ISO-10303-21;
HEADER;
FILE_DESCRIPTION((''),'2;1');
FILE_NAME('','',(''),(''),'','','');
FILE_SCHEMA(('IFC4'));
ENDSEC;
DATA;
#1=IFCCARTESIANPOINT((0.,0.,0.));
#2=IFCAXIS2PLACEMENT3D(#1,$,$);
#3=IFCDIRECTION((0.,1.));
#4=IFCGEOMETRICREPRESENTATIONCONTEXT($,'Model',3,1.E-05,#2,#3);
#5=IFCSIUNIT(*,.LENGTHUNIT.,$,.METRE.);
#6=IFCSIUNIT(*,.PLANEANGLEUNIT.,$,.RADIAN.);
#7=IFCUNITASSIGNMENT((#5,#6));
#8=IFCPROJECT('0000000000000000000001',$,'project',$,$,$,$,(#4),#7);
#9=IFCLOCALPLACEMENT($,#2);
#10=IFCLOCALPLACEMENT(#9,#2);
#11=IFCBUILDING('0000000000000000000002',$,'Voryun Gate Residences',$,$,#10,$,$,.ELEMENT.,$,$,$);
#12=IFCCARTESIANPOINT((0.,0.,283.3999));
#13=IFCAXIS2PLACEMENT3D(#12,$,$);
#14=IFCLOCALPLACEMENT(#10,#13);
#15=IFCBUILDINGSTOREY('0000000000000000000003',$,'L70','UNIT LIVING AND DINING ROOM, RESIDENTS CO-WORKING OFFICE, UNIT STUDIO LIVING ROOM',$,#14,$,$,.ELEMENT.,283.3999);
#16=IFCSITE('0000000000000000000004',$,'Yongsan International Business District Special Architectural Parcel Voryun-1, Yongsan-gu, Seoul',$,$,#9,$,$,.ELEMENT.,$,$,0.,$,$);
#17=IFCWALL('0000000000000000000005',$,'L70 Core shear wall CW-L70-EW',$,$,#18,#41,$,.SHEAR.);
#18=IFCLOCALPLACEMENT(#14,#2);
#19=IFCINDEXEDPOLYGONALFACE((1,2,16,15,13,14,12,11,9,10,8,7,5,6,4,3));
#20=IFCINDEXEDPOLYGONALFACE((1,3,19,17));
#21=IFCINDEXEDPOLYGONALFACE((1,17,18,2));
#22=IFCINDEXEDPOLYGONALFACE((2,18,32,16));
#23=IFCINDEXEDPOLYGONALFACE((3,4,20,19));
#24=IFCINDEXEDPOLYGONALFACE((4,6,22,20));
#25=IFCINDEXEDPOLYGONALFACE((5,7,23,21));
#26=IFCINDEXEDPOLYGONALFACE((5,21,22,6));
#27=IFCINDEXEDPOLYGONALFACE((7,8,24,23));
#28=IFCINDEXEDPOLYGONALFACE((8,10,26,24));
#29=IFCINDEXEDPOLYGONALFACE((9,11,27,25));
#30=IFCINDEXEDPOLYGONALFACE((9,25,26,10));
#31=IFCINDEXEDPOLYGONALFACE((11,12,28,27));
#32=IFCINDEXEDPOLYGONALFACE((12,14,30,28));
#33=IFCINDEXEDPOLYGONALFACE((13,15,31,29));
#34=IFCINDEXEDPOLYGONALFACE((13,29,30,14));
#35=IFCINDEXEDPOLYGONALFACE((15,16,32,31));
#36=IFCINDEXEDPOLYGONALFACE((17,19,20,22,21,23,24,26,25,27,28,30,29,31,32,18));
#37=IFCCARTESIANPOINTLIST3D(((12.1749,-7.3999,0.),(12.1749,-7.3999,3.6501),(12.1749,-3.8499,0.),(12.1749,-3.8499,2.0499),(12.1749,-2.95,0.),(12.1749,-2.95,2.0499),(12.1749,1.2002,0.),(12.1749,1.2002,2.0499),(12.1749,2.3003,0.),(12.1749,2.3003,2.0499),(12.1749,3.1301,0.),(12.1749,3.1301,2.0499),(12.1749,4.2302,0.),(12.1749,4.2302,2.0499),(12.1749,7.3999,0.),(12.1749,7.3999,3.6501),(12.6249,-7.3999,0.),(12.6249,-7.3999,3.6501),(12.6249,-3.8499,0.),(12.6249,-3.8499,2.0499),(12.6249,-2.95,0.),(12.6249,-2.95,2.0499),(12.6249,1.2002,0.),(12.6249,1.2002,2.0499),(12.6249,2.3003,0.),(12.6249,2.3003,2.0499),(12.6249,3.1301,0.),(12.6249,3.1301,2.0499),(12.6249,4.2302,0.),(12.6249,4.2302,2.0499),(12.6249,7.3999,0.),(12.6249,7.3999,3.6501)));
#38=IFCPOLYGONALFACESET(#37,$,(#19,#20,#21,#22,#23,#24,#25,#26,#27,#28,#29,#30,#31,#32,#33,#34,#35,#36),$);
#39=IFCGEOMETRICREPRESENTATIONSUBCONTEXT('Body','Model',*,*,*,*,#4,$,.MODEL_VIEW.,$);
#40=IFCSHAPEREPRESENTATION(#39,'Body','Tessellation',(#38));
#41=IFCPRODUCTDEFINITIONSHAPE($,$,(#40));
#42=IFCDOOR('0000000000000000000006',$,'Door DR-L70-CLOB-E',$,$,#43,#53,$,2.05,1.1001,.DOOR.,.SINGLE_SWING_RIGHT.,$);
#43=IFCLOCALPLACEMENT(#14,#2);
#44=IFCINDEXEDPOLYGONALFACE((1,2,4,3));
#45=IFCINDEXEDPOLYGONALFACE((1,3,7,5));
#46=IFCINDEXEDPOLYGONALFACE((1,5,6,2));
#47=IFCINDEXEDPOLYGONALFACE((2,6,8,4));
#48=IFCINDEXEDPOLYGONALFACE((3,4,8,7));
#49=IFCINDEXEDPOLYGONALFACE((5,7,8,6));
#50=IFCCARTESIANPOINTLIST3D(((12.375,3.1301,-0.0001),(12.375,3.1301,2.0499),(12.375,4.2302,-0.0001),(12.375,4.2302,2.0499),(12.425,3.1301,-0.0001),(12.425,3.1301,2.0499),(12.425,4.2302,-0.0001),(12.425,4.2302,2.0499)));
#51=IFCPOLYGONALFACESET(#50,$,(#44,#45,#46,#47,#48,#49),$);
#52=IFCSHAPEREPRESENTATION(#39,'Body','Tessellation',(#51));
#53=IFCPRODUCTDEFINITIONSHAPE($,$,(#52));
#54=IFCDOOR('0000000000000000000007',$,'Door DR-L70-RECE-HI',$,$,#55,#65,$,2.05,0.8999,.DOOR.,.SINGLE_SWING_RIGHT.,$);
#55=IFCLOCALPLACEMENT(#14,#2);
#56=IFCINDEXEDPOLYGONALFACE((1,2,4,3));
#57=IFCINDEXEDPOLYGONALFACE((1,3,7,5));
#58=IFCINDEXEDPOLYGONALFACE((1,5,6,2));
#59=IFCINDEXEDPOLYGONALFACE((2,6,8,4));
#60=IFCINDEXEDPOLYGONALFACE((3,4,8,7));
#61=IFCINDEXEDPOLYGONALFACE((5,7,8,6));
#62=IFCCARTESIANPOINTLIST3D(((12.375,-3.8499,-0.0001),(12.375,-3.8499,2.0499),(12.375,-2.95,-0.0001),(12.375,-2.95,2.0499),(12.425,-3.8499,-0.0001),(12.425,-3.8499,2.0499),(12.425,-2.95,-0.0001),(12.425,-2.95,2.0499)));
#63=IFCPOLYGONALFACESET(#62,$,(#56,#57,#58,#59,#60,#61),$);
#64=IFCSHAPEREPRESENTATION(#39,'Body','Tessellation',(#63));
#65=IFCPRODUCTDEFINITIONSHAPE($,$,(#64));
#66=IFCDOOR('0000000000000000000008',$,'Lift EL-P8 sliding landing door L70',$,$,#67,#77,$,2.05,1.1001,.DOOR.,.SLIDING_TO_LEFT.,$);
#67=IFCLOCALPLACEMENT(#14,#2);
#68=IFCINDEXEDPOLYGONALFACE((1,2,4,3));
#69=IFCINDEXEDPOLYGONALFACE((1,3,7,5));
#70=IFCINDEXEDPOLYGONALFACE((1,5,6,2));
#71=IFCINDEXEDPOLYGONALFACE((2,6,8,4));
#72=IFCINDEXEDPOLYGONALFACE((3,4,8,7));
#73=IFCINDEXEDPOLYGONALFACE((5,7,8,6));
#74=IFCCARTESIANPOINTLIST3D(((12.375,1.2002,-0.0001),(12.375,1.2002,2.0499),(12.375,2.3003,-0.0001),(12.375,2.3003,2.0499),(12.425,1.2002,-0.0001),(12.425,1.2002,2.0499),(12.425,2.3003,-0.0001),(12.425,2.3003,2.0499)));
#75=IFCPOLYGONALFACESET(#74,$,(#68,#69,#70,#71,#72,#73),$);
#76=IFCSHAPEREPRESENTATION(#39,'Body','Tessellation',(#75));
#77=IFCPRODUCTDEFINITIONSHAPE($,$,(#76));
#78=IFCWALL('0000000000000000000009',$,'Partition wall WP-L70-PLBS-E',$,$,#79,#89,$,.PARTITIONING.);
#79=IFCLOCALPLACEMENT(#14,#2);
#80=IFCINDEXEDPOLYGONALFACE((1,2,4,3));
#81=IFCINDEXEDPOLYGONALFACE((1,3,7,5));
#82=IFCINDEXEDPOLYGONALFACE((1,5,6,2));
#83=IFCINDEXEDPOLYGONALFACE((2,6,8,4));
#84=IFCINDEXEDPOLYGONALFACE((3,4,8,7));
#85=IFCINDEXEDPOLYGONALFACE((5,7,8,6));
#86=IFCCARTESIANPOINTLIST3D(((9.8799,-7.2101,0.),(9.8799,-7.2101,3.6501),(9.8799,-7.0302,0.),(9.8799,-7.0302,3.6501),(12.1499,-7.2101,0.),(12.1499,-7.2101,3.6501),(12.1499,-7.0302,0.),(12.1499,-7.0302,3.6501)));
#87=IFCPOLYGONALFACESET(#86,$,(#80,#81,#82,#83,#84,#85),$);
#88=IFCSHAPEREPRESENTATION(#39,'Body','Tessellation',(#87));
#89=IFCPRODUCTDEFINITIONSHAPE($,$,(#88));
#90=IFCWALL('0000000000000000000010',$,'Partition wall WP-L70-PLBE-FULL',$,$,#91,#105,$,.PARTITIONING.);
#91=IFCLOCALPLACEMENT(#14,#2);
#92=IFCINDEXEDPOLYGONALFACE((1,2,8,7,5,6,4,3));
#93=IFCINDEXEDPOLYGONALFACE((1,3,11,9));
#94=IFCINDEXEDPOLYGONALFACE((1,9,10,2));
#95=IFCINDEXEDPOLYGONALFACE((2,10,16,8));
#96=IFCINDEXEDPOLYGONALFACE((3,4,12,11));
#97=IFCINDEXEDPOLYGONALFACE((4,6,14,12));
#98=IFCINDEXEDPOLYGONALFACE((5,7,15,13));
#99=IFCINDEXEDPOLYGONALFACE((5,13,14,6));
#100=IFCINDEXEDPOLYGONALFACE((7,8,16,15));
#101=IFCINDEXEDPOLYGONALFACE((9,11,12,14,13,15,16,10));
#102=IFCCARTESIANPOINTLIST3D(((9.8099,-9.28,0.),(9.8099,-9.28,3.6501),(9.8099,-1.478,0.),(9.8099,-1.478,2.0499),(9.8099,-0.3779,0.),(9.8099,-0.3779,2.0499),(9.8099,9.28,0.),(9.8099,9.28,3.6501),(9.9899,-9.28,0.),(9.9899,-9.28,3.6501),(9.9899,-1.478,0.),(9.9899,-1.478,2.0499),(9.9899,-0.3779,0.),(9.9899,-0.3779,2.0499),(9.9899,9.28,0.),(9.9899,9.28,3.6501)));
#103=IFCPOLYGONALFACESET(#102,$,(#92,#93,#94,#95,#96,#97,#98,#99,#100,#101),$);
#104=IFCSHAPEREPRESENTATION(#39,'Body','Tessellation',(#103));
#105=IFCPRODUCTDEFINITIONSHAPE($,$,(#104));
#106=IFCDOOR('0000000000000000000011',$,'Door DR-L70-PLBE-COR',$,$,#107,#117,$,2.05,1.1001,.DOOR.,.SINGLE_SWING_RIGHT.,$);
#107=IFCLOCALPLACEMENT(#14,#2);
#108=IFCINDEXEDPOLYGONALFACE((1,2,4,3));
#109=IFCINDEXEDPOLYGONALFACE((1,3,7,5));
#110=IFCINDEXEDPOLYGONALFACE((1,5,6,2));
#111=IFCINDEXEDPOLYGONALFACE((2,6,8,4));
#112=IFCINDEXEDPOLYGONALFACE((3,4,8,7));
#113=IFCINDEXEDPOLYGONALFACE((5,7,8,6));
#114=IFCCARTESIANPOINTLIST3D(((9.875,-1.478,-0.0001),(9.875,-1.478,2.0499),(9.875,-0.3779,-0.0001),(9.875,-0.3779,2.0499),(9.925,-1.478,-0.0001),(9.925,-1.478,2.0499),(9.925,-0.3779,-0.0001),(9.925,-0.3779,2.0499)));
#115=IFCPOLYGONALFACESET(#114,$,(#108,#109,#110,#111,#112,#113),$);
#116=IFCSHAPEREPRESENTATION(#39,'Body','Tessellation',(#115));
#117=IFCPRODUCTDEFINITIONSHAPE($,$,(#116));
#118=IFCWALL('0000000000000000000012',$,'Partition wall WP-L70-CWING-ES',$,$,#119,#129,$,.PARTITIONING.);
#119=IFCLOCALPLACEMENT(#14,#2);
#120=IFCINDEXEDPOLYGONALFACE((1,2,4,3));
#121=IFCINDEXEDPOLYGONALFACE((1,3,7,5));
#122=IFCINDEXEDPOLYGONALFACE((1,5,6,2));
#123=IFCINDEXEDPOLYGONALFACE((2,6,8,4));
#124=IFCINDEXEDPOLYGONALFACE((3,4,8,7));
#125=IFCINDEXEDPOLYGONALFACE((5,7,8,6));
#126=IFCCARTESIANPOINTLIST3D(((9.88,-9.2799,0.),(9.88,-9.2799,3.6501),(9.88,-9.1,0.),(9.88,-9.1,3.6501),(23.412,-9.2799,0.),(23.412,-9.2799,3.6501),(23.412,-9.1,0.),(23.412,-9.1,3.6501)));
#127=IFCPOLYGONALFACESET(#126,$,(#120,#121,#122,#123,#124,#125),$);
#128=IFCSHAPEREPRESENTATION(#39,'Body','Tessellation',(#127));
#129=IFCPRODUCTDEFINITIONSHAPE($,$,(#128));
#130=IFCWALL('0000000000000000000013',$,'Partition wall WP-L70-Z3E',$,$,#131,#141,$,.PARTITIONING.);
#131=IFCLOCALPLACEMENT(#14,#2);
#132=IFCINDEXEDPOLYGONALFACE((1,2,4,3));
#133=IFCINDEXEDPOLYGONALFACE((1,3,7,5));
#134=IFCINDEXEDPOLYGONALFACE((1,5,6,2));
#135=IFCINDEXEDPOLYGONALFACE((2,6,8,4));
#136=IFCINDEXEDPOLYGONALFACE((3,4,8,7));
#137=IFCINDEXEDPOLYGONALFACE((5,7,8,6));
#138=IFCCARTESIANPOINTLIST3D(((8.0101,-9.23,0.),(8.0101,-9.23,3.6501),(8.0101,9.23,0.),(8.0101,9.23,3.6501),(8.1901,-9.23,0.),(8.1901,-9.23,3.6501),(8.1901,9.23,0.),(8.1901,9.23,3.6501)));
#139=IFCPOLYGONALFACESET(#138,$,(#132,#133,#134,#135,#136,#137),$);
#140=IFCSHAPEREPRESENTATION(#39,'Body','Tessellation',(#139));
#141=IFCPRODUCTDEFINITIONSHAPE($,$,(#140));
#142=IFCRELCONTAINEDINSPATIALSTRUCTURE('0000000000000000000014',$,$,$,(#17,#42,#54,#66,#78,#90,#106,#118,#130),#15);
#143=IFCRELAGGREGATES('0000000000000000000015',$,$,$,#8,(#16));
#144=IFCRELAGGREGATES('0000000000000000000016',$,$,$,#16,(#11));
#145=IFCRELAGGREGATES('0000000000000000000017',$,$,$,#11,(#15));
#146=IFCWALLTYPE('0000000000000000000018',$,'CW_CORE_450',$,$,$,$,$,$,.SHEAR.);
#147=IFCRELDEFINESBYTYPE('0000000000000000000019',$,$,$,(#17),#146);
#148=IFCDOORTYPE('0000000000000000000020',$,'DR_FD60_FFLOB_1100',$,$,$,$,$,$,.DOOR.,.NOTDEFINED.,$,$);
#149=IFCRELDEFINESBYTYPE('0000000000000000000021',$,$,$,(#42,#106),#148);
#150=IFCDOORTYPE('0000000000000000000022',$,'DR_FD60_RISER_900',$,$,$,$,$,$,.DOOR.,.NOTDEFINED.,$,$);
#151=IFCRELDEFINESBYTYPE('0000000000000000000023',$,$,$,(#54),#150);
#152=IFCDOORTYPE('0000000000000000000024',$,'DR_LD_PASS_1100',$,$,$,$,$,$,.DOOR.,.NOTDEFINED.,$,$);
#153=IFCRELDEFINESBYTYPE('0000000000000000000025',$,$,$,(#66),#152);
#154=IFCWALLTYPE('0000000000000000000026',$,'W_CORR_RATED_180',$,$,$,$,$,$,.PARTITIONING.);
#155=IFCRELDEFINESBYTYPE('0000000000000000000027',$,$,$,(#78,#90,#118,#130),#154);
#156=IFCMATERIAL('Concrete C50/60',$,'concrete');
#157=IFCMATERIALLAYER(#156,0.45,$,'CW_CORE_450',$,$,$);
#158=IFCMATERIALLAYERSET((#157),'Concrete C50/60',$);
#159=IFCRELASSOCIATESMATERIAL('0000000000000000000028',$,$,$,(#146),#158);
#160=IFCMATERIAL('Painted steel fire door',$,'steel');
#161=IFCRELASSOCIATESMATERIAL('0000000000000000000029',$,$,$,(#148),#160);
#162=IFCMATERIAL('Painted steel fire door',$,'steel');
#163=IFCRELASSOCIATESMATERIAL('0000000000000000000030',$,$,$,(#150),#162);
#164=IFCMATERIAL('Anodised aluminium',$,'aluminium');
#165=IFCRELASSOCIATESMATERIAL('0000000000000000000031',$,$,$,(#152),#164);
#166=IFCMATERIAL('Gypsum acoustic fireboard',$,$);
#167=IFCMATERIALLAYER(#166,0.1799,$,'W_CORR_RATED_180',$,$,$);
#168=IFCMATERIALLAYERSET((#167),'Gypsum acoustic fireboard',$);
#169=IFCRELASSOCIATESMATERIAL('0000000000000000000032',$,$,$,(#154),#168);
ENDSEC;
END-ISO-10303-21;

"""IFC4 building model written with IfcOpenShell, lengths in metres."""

from ifc_helpers import new_model, si_unit, direction, frame, frame_2d, origin, place, context, subcontext, project, spatial, rectangle, extrude, material, layer, layer_set, type_object, element, fill, save


model = new_model("IFC4")

# Units and contexts
model_context = context("Model", 3, precision=1e-05, world=origin(), true_north=direction((0.0, 1.0)))
body_context = subcontext(model_context, "Body", "Model", "MODEL_VIEW")
ifc_project = project(units=[si_unit("LENGTHUNIT", "METRE"), si_unit("PLANEANGLEUNIT", "RADIAN")], contexts=[model_context])

# Site, building, storey
site_placement = place(None, origin())
site = spatial("IfcSite", under=ifc_project, at=site_placement, Name="Yongsan International Business District Special Architectural Parcel Voryun-1, Yongsan-gu, Seoul", CompositionType="ELEMENT", RefElevation=0.0)
building_placement = place(site_placement, origin())
building = spatial("IfcBuilding", under=site, at=building_placement, Name="Voryun Gate Residences", CompositionType="ELEMENT")
storey_placement = place(building_placement, frame((0.0, 0.0, 283.3999)))
storey = spatial("IfcBuildingStorey", under=building, at=storey_placement, Name="L70", Description="UNIT LIVING AND DINING ROOM, RESIDENTS CO-WORKING OFFICE, UNIT STUDIO LIVING ROOM", CompositionType="ELEMENT", Elevation=283.3999)

# Shared definitions
ifc_material_1 = material(Name="Concrete C50/60", Category="concrete")
ifc_layer_1 = layer(ifc_material_1, 0.45, Name="CW_CORE_450")
ifc_layer_set_1 = layer_set([ifc_layer_1], Name="Concrete C50/60")
wall_type_1 = type_object("IfcWallType", Name="CW_CORE_450", PredefinedType="SHEAR", material=ifc_layer_set_1)

# Wall, openings, doors
wall_1_placement = place(storey_placement, frame((12.3999, -7.3999, 0.0), z_axis=(0.0, 0.0, 1.0), x_axis=(0.0, 1.0, 0.0)))
wall_1 = element("IfcWall", 1, at=wall_1_placement, inside=storey, type_object=wall_type_1, Name="L70 Core shear wall CW-L70-EW", PredefinedType="SHEAR", context=body_context, shape_type="SweptSolid", body=[
    extrude(rectangle(XDim=14.7998, YDim=0.45, at=frame_2d((7.3999, 0.0))), origin(), (0.0, 0.0, 1.0), 3.6501),
])
opening_1_placement = place(wall_1_placement, frame((8.6001, 0.0, 0.0)))
opening_1 = element("IfcOpeningElement", 2, at=opening_1_placement, cuts=wall_1, PredefinedType="OPENING", context=body_context, shape_type="SweptSolid", body=[
    extrude(rectangle(XDim=1.1001, YDim=2.05, at=frame_2d((0.55, 1.0249))), frame((0.0, 0.2351, 0.0), z_axis=(0.0, -1.0, 0.0), x_axis=(1.0, 0.0, 0.0)), (0.0, 0.0, 1.0), 0.47),
])
opening_2_placement = place(wall_1_placement, frame((10.53, 0.0, 0.0)))
opening_2 = element("IfcOpeningElement", 3, at=opening_2_placement, cuts=wall_1, PredefinedType="OPENING", context=body_context, shape_type="SweptSolid", body=[
    extrude(rectangle(XDim=1.1001, YDim=2.05, at=frame_2d((0.55, 1.0249))), frame((0.0, 0.2351, 0.0), z_axis=(0.0, -1.0, 0.0), x_axis=(1.0, 0.0, 0.0)), (0.0, 0.0, 1.0), 0.47),
])
opening_3_placement = place(wall_1_placement, frame((3.55, 0.0, 0.0)))
opening_3 = element("IfcOpeningElement", 4, at=opening_3_placement, cuts=wall_1, PredefinedType="OPENING", context=body_context, shape_type="SweptSolid", body=[
    extrude(rectangle(XDim=0.8999, YDim=2.05, at=frame_2d((0.45, 1.0249))), frame((0.0, 0.2351, 0.0), z_axis=(0.0, -1.0, 0.0), x_axis=(1.0, 0.0, 0.0)), (0.0, 0.0, 1.0), 0.47),
])
ifc_material_2 = material(Name="Painted steel fire door", Category="steel")
door_type_1 = type_object("IfcDoorType", Name="DR_FD60_FFLOB_1100", OperationType="NOTDEFINED", PredefinedType="DOOR", material=ifc_material_2)
door_1_placement = place(opening_2_placement, origin())
door_1 = element("IfcDoor", 5, at=door_1_placement, inside=storey, type_object=door_type_1, Name="Door DR-L70-CLOB-E", OperationType="SINGLE_SWING_RIGHT", OverallHeight=2.05, OverallWidth=1.1001, PredefinedType="DOOR", context=body_context, shape_type="SweptSolid", body=[
    extrude(rectangle(XDim=1.1001, YDim=2.05, at=frame_2d((0.55, 1.0249))), frame((0.0, 0.0249, 0.0), z_axis=(0.0, -1.0, 0.0), x_axis=(1.0, 0.0, 0.0)), (0.0, 0.0, 1.0), 0.05),
])
fill(opening_2, door_1)
ifc_material_3 = material(Name="Painted steel fire door", Category="steel")
door_type_2 = type_object("IfcDoorType", Name="DR_FD60_RISER_900", OperationType="NOTDEFINED", PredefinedType="DOOR", material=ifc_material_3)
door_2_placement = place(opening_3_placement, origin())
door_2 = element("IfcDoor", 6, at=door_2_placement, inside=storey, type_object=door_type_2, Name="Door DR-L70-RECE-HI", OperationType="SINGLE_SWING_RIGHT", OverallHeight=2.05, OverallWidth=0.8999, PredefinedType="DOOR", context=body_context, shape_type="SweptSolid", body=[
    extrude(rectangle(XDim=0.8999, YDim=2.05, at=frame_2d((0.45, 1.0249))), frame((0.0, 0.0249, 0.0), z_axis=(0.0, -1.0, 0.0), x_axis=(1.0, 0.0, 0.0)), (0.0, 0.0, 1.0), 0.05),
])
fill(opening_3, door_2)
ifc_material_4 = material(Name="Anodised aluminium", Category="aluminium")
door_type_3 = type_object("IfcDoorType", Name="DR_LD_PASS_1100", OperationType="NOTDEFINED", PredefinedType="DOOR", material=ifc_material_4)
door_3_placement = place(opening_1_placement, origin())
door_3 = element("IfcDoor", 7, at=door_3_placement, inside=storey, type_object=door_type_3, Name="Lift EL-P8 sliding landing door L70", OperationType="SLIDING_TO_LEFT", OverallHeight=2.05, OverallWidth=1.1001, PredefinedType="DOOR", context=body_context, shape_type="SweptSolid", body=[
    extrude(rectangle(XDim=1.1001, YDim=2.05, at=frame_2d((0.55, 1.0249))), frame((0.0, 0.0249, 0.0), z_axis=(0.0, -1.0, 0.0), x_axis=(1.0, 0.0, 0.0)), (0.0, 0.0, 1.0), 0.05),
])
fill(opening_1, door_3)

# Wall
ifc_material_5 = material(Name="Gypsum acoustic fireboard")
ifc_layer_2 = layer(ifc_material_5, 0.1799, Name="W_CORR_RATED_180")
ifc_layer_set_2 = layer_set([ifc_layer_2], Name="Gypsum acoustic fireboard")
wall_type_2 = type_object("IfcWallType", Name="W_CORR_RATED_180", PredefinedType="PARTITIONING", material=ifc_layer_set_2)
wall_2_placement = place(storey_placement, frame((9.8799, -7.1201, 0.0), z_axis=(0.0, 0.0, 1.0), x_axis=(1.0, 0.0, 0.0)))
element("IfcWall", 8, at=wall_2_placement, inside=storey, type_object=wall_type_2, Name="Partition wall WP-L70-PLBS-E", PredefinedType="PARTITIONING", context=body_context, shape_type="SweptSolid", body=[
    extrude(rectangle(XDim=2.27, YDim=0.1799, at=frame_2d((1.135, 0.0))), origin(), (0.0, 0.0, 1.0), 3.6501),
])

# Wall, opening, door
wall_3_placement = place(storey_placement, frame((9.8999, -9.28, 0.0), z_axis=(0.0, 0.0, 1.0), x_axis=(0.0, 1.0, 0.0)))
wall_3 = element("IfcWall", 9, at=wall_3_placement, inside=storey, type_object=wall_type_2, Name="Partition wall WP-L70-PLBE-FULL", PredefinedType="PARTITIONING", context=body_context, shape_type="SweptSolid", body=[
    extrude(rectangle(XDim=18.5601, YDim=0.1799, at=frame_2d((9.28, 0.0))), origin(), (0.0, 0.0, 1.0), 3.6501),
])
opening_4_placement = place(wall_3_placement, frame((7.802, 0.0, 0.0)))
opening_4 = element("IfcOpeningElement", 10, at=opening_4_placement, cuts=wall_3, PredefinedType="OPENING", context=body_context, shape_type="SweptSolid", body=[
    extrude(rectangle(XDim=1.1001, YDim=2.05, at=frame_2d((0.55, 1.0249))), frame((0.0, 0.0999, 0.0), z_axis=(0.0, -1.0, 0.0), x_axis=(1.0, 0.0, 0.0)), (0.0, 0.0, 1.0), 0.2),
])
door_4_placement = place(opening_4_placement, origin())
door_4 = element("IfcDoor", 11, at=door_4_placement, inside=storey, type_object=door_type_1, Name="Door DR-L70-PLBE-COR", OperationType="SINGLE_SWING_RIGHT", OverallHeight=2.05, OverallWidth=1.1001, PredefinedType="DOOR", context=body_context, shape_type="SweptSolid", body=[
    extrude(rectangle(XDim=1.1001, YDim=2.05, at=frame_2d((0.55, 1.0249))), frame((0.0, 0.0249, 0.0), z_axis=(0.0, -1.0, 0.0), x_axis=(1.0, 0.0, 0.0)), (0.0, 0.0, 1.0), 0.05),
])
fill(opening_4, door_4)

# Walls
wall_4_placement = place(storey_placement, frame((9.8799, -9.1899, 0.0), z_axis=(0.0, 0.0, 1.0), x_axis=(1.0, 0.0, 0.0)))
element("IfcWall", 12, at=wall_4_placement, inside=storey, type_object=wall_type_2, Name="Partition wall WP-L70-CWING-ES", PredefinedType="PARTITIONING", context=body_context, shape_type="SweptSolid", body=[
    extrude(rectangle(XDim=13.532, YDim=0.1799, at=frame_2d((6.7661, 0.0))), origin(), (0.0, 0.0, 1.0), 3.6501),
])
wall_5_placement = place(storey_placement, frame((8.1001, -9.23, 0.0), z_axis=(0.0, 0.0, 1.0), x_axis=(0.0, 1.0, 0.0)))
element("IfcWall", 13, at=wall_5_placement, inside=storey, type_object=wall_type_2, Name="Partition wall WP-L70-Z3E", PredefinedType="PARTITIONING", context=body_context, shape_type="SweptSolid", body=[
    extrude(rectangle(XDim=18.46, YDim=0.1799, at=frame_2d((9.23, 0.0))), origin(), (0.0, 0.0, 1.0), 3.6501),
])

save(model, "model.ifc")
